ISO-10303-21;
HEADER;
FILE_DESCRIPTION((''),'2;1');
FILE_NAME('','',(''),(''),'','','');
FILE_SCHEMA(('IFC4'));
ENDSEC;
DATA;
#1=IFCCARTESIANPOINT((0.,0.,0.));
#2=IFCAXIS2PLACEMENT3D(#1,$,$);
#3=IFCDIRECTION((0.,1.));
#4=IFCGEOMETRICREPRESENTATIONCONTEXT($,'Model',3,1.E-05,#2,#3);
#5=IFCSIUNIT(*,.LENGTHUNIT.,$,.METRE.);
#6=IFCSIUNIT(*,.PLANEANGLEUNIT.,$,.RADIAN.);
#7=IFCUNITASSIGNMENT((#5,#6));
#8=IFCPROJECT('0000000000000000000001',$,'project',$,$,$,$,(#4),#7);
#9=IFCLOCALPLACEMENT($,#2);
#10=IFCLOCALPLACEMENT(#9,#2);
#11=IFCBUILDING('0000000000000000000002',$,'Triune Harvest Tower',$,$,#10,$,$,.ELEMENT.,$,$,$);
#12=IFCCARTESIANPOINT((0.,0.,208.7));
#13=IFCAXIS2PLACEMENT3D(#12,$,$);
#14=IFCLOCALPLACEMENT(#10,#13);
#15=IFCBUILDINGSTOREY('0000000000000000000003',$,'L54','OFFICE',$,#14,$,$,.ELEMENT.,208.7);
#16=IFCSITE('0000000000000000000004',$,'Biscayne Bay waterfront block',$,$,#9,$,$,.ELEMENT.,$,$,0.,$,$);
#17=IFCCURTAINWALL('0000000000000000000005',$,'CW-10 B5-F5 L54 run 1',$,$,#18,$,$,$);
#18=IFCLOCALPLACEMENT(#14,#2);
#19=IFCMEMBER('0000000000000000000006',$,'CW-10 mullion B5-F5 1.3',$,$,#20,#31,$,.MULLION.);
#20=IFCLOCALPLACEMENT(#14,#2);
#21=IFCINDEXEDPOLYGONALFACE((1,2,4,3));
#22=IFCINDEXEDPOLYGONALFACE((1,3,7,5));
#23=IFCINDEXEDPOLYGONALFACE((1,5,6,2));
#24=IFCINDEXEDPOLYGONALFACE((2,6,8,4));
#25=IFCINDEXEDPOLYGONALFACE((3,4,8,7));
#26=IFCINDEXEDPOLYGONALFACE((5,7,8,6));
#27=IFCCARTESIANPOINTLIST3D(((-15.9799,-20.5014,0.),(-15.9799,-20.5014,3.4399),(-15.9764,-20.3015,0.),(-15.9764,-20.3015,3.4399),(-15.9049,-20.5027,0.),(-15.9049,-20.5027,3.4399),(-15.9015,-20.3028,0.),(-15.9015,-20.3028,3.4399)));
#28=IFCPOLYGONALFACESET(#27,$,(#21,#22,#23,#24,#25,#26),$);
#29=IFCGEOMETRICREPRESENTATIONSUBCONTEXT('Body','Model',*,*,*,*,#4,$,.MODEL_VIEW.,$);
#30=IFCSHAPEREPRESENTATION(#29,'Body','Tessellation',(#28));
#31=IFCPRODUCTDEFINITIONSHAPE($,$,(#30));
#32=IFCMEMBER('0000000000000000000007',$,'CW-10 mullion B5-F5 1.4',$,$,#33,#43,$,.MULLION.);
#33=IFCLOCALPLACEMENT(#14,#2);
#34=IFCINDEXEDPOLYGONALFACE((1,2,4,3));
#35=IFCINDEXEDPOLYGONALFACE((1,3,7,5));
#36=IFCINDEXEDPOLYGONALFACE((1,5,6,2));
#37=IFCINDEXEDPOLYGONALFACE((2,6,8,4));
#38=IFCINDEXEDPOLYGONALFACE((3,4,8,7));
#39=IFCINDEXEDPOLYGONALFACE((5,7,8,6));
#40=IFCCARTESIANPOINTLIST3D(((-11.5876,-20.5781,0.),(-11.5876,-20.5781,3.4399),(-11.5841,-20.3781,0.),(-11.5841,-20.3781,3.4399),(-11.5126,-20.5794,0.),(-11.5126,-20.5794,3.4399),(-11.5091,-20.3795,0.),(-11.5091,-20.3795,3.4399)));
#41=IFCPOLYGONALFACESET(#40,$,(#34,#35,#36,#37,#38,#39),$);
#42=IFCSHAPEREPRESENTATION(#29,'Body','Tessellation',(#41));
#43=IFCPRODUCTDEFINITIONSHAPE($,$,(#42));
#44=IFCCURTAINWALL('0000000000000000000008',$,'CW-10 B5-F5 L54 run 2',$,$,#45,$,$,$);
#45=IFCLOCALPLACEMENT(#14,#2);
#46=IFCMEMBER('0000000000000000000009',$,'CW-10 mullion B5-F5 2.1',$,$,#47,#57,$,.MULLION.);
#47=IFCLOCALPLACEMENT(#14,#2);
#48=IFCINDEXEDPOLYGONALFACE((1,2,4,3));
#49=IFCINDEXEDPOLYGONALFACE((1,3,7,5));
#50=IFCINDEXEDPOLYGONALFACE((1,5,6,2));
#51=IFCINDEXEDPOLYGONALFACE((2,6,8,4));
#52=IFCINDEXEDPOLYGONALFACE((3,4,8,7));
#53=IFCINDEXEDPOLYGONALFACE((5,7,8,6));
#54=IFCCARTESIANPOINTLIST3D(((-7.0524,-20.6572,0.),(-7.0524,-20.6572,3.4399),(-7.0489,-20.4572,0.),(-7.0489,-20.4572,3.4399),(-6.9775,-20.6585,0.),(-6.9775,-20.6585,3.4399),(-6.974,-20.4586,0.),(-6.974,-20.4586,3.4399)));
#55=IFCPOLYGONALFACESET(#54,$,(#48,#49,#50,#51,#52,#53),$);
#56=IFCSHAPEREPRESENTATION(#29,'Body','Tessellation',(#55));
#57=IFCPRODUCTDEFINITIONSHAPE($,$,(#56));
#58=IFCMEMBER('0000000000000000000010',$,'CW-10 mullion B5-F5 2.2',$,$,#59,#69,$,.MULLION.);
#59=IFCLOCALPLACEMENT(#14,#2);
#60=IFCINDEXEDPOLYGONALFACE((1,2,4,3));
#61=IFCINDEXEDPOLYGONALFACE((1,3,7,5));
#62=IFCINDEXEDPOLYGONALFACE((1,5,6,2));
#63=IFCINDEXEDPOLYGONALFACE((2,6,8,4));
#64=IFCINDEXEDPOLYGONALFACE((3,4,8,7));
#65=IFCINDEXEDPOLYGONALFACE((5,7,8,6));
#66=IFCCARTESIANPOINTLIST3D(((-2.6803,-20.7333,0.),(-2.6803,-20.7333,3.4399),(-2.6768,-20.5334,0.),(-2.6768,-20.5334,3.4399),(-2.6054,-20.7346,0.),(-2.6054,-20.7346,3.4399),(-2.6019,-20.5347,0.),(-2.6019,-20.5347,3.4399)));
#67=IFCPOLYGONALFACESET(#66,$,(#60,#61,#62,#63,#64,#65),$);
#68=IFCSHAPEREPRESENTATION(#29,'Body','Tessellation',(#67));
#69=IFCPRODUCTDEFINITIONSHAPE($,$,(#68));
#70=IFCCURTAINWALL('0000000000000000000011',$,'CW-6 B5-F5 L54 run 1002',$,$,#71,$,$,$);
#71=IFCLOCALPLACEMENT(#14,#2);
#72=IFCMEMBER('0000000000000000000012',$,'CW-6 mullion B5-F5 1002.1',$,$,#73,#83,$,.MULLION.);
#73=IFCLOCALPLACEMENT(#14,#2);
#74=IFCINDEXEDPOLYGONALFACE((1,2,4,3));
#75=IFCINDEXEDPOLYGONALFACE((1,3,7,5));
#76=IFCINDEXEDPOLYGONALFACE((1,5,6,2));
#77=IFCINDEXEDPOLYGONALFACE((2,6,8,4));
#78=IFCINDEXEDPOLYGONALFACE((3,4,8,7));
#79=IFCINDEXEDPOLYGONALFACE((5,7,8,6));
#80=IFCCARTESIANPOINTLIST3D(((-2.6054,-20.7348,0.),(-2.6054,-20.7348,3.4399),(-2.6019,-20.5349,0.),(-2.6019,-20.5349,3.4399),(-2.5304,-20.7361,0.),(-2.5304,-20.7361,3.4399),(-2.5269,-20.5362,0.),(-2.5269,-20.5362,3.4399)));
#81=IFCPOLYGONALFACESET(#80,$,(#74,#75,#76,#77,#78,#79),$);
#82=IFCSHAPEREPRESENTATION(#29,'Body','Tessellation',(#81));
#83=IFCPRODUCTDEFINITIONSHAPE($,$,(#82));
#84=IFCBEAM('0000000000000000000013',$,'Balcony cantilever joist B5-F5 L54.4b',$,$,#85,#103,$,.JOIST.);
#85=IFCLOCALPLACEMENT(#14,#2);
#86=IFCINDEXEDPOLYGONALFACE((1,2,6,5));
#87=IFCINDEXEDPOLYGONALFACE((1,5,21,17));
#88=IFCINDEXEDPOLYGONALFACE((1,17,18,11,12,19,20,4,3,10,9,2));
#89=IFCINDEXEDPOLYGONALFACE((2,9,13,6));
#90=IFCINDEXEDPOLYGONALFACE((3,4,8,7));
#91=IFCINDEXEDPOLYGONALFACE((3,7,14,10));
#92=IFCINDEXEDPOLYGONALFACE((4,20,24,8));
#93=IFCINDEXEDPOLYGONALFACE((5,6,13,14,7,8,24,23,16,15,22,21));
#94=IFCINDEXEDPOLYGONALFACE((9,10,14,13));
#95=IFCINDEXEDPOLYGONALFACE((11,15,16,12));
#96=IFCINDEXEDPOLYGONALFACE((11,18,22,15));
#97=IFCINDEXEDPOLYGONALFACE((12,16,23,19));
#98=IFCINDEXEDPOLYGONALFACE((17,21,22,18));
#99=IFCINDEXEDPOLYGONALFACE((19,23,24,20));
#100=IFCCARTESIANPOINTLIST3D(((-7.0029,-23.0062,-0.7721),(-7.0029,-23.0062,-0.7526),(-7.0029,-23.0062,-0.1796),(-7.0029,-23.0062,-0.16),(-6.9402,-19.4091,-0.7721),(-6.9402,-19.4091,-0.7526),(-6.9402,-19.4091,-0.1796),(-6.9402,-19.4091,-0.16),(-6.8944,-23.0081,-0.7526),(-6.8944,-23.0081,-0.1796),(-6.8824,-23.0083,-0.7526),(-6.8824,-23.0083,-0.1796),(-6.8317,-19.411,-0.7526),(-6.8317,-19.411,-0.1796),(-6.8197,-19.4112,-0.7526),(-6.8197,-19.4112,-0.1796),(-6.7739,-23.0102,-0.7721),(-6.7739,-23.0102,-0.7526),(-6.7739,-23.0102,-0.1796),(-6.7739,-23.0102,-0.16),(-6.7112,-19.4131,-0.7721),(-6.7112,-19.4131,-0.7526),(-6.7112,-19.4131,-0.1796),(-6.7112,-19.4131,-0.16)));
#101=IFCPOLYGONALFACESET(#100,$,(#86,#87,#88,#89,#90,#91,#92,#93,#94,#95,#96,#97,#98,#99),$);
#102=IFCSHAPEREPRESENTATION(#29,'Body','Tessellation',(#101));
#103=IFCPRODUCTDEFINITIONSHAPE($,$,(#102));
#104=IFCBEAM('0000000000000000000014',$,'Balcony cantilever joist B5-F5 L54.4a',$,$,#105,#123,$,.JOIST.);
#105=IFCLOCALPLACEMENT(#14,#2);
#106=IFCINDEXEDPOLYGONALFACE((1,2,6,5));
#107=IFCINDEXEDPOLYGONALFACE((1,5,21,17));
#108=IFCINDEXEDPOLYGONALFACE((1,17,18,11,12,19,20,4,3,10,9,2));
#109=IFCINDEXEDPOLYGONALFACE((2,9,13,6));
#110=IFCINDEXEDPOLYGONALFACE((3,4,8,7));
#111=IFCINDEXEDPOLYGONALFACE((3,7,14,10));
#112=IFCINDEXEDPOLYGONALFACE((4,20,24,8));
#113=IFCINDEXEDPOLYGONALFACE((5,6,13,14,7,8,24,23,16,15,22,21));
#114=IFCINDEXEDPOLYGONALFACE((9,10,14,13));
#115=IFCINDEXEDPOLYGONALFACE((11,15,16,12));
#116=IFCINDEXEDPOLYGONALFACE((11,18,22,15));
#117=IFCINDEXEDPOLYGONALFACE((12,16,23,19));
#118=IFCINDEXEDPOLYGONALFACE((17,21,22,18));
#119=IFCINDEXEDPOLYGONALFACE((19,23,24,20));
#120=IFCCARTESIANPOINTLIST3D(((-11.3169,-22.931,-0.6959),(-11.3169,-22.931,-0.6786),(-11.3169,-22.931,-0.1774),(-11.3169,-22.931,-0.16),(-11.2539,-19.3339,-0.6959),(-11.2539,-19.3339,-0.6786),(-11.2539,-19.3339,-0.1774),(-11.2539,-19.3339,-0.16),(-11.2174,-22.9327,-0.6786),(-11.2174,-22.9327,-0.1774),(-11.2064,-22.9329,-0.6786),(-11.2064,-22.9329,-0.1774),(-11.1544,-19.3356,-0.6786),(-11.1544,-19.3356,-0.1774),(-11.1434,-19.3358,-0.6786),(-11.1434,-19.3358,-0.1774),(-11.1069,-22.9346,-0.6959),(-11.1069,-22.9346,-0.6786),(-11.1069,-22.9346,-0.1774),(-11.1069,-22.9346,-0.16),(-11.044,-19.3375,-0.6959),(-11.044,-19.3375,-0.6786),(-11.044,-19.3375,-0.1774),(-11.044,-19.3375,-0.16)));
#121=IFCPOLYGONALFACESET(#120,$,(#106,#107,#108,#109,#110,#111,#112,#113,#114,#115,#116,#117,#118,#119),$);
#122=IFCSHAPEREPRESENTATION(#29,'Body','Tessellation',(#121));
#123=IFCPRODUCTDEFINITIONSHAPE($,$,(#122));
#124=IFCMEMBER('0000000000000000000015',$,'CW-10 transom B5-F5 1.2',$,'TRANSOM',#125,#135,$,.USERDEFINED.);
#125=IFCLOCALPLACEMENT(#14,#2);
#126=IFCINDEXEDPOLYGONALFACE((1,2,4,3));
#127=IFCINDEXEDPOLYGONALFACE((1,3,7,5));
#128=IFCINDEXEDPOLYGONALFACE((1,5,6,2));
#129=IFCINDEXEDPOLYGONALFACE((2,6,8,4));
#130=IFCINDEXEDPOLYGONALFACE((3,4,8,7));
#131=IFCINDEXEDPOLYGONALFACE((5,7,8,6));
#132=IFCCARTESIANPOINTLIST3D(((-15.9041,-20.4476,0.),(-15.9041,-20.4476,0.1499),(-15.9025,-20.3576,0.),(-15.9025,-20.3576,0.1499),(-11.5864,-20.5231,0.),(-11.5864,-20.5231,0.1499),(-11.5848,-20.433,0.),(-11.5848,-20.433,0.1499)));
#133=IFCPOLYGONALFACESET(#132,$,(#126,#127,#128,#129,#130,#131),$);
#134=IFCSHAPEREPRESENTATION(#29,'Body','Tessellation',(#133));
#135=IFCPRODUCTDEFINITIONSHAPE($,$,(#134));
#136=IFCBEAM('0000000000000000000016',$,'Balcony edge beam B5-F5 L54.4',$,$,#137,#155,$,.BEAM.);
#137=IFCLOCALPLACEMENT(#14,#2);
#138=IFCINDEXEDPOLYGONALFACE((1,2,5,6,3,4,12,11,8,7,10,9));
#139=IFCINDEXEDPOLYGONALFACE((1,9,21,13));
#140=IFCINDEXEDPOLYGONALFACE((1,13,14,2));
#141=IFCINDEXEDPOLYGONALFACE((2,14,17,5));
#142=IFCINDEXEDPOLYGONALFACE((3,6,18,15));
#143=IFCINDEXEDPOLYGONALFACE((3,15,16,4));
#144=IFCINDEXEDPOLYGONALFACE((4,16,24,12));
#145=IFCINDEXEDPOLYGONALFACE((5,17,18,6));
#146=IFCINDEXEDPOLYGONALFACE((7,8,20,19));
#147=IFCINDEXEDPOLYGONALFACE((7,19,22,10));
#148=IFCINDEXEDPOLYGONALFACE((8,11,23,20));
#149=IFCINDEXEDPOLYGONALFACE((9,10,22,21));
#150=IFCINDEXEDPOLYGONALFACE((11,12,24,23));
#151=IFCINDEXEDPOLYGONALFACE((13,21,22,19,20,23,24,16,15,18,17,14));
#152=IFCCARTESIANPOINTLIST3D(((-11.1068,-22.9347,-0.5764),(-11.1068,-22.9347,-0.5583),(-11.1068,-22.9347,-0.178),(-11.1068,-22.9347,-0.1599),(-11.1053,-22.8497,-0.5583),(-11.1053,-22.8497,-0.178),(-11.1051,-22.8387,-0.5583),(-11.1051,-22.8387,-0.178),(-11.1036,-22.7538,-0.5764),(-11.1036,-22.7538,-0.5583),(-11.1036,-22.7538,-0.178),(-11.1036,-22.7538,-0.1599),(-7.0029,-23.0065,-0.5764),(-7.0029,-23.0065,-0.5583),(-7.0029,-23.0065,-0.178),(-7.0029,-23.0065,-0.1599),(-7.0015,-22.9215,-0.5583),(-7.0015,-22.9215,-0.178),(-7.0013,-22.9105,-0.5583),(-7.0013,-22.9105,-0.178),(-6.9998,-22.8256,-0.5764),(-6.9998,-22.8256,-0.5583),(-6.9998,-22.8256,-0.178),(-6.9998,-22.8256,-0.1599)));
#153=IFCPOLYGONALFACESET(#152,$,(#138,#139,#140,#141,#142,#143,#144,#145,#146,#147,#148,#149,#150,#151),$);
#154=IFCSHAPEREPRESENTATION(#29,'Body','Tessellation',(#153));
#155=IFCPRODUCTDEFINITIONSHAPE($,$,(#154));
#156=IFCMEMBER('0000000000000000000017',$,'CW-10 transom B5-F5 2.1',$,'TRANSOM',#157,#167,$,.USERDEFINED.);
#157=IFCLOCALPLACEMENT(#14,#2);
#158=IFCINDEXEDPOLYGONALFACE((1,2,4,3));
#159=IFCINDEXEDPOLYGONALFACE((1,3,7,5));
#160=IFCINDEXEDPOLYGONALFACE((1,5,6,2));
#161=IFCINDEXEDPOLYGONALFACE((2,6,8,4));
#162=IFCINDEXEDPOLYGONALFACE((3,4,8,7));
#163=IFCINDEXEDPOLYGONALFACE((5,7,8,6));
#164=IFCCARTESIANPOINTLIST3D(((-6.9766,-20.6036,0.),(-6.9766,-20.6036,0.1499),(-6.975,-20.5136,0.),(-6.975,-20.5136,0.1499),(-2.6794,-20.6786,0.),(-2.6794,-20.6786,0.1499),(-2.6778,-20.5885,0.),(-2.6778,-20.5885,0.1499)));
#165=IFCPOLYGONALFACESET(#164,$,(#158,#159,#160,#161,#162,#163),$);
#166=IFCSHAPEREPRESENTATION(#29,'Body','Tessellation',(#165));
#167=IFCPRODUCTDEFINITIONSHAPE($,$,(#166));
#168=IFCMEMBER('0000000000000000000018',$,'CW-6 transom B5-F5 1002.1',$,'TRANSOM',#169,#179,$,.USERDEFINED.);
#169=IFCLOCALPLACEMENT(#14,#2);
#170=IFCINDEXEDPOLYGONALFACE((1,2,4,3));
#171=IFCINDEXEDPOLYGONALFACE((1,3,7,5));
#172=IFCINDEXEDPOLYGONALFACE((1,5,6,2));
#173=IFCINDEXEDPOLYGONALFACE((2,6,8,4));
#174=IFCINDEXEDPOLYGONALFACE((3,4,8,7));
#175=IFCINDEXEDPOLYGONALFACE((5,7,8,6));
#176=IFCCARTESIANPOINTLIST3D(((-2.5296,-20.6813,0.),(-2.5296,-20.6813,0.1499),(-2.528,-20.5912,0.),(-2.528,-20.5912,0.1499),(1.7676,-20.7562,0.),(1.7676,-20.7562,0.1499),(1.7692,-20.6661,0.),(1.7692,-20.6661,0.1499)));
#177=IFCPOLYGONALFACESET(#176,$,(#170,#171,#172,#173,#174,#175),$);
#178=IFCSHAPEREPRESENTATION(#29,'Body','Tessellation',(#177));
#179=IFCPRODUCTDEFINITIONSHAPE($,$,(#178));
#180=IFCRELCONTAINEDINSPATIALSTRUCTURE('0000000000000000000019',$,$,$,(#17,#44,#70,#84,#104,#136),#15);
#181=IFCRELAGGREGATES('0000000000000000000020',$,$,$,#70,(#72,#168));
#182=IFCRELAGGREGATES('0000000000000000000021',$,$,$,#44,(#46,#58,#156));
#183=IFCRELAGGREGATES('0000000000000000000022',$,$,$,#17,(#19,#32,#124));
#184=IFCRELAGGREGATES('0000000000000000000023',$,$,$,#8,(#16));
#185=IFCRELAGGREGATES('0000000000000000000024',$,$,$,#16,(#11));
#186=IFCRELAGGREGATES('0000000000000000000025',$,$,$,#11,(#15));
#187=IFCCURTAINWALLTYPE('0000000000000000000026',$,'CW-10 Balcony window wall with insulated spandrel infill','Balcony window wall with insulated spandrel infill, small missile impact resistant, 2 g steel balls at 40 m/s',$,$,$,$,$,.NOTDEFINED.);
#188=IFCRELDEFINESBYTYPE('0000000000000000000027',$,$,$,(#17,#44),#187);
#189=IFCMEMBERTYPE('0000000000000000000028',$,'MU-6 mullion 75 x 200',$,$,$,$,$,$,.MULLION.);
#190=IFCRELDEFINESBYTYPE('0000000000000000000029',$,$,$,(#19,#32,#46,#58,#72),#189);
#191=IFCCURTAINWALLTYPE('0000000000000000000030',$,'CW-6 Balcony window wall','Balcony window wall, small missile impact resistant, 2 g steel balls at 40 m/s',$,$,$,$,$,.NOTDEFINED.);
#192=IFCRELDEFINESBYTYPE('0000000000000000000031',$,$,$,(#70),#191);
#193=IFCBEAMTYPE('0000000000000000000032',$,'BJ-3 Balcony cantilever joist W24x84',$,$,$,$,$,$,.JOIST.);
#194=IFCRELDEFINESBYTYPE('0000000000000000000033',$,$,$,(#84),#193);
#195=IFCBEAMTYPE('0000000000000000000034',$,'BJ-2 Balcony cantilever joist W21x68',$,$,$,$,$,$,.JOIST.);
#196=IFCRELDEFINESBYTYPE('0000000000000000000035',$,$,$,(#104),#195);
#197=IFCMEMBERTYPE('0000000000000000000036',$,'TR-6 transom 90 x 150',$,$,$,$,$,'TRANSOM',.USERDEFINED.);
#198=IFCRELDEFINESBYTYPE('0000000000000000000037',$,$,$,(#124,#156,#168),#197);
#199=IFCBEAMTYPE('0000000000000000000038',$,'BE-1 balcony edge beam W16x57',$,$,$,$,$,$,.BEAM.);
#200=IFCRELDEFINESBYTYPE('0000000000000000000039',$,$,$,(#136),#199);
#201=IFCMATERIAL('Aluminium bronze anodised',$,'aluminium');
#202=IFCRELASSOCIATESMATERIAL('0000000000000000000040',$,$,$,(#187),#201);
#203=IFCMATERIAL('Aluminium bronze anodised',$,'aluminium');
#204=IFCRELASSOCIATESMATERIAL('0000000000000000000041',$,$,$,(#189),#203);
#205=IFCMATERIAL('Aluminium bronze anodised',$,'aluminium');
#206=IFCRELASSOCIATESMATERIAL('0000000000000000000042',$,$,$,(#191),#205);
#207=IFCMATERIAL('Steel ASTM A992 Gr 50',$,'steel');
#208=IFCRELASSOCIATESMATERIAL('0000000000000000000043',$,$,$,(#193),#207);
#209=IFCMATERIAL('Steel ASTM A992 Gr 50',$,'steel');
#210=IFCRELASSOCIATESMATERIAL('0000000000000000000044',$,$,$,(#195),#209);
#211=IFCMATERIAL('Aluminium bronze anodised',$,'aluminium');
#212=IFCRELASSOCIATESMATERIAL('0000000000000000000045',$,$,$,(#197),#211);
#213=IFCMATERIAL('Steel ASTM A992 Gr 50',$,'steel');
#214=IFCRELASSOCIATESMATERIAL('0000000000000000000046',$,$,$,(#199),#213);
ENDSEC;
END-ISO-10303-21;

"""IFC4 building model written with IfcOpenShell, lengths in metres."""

from ifc_helpers import new_model, si_unit, direction, frame, origin, origin_2d, place, context, subcontext, project, spatial, rectangle, i_section, extrude, source, transform, mapped, material, material_profile, profile_set, type_object, element, aggregate, save


model = new_model("IFC4")

# Units and contexts
model_context = context("Model", 3, precision=1e-05, world=origin(), true_north=direction((0.0, 1.0)))
body_context = subcontext(model_context, "Body", "Model", "MODEL_VIEW")
ifc_project = project(units=[si_unit("LENGTHUNIT", "METRE"), si_unit("PLANEANGLEUNIT", "RADIAN")], contexts=[model_context])

# Site, building, storey
site_placement = place(None, origin())
site = spatial("IfcSite", under=ifc_project, at=site_placement, Name="Biscayne Bay waterfront block", CompositionType="ELEMENT", RefElevation=0.0)
building_placement = place(site_placement, origin())
building = spatial("IfcBuilding", under=site, at=building_placement, Name="Triune Harvest Tower", CompositionType="ELEMENT")
storey_placement = place(building_placement, frame((0.0, 0.0, 208.7)))
storey = spatial("IfcBuildingStorey", under=building, at=storey_placement, Name="L54", Description="OFFICE", CompositionType="ELEMENT", Elevation=208.7)

# Curtain walls, members
ifc_material_1 = material(Name="Aluminium bronze anodised", Category="aluminium")
curtain_wall_type_1 = type_object("IfcCurtainWallType", Name="CW-10 Balcony window wall with insulated spandrel infill", Description="Balcony window wall with insulated spandrel infill, small missile impact resistant, 2 g steel balls at 40 m/s", PredefinedType="NOTDEFINED", material=ifc_material_1)
curtain_wall_1_placement = place(storey_placement, origin())
curtain_wall_1 = element("IfcCurtainWall", 1, at=curtain_wall_1_placement, inside=storey, type_object=curtain_wall_type_1, Name="CW-10 B5-F5 L54 run 1")
ifc_material_2 = material(Name="Aluminium bronze anodised", Category="aluminium")
ifc_material_profile_1 = material_profile(ifc_material_2, rectangle(XDim=0.2, YDim=0.075, at=origin_2d()), Name="MU-6 mullion 75 x 200")
ifc_profile_set_1 = profile_set([ifc_material_profile_1], Name="Aluminium bronze anodised")
member_type_1 = type_object("IfcMemberType", Name="MU-6 mullion 75 x 200", PredefinedType="MULLION", material=ifc_profile_set_1)
shared_shape_1 = source(origin(), body_context, "Body", "SweptSolid", [
    extrude(rectangle(XDim=0.2, YDim=0.075, at=origin_2d()), origin(), (0.0, 0.0, 1.0), 3.4399),
])
member_1_placement = place(storey_placement, frame((-15.9407, -20.4021, 0.0), z_axis=(0.0, 0.0, 1.0), x_axis=(0.017452, 0.999848, 0.0)))
member_1 = element("IfcMember", 2, at=member_1_placement, type_object=member_type_1, Name="CW-10 mullion B5-F5 1.3", PredefinedType="MULLION", context=body_context, shape_type="MappedRepresentation", body=[
    mapped(shared_shape_1, transform((0.0, 0.0, 0.0), scale=1.0)),
])
member_2_placement = place(storey_placement, frame((-11.5483, -20.4788, 0.0), z_axis=(0.0, 0.0, 1.0), x_axis=(0.017452, 0.999848, 0.0)))
member_2 = element("IfcMember", 3, at=member_2_placement, type_object=member_type_1, Name="CW-10 mullion B5-F5 1.4", PredefinedType="MULLION", context=body_context, shape_type="MappedRepresentation", body=[
    mapped(shared_shape_1, transform((0.0, 0.0, 0.0), scale=1.0)),
])
curtain_wall_2_placement = place(storey_placement, origin())
curtain_wall_2 = element("IfcCurtainWall", 4, at=curtain_wall_2_placement, inside=storey, type_object=curtain_wall_type_1, Name="CW-10 B5-F5 L54 run 2")
member_3_placement = place(storey_placement, frame((-7.0132, -20.5579, 0.0), z_axis=(0.0, 0.0, 1.0), x_axis=(0.017451, 0.999848, 0.0)))
member_3 = element("IfcMember", 5, at=member_3_placement, type_object=member_type_1, Name="CW-10 mullion B5-F5 2.1", PredefinedType="MULLION", context=body_context, shape_type="MappedRepresentation", body=[
    mapped(shared_shape_1, transform((0.0, 0.0, 0.0), scale=1.0)),
])
member_4_placement = place(storey_placement, frame((-2.6411, -20.634, 0.0), z_axis=(0.0, 0.0, 1.0), x_axis=(0.017451, 0.999848, 0.0)))
member_4 = element("IfcMember", 6, at=member_4_placement, type_object=member_type_1, Name="CW-10 mullion B5-F5 2.2", PredefinedType="MULLION", context=body_context, shape_type="MappedRepresentation", body=[
    mapped(shared_shape_1, transform((0.0, 0.0, 0.0), scale=1.0)),
])

# Curtain wall, member
ifc_material_3 = material(Name="Aluminium bronze anodised", Category="aluminium")
curtain_wall_type_2 = type_object("IfcCurtainWallType", Name="CW-6 Balcony window wall", Description="Balcony window wall, small missile impact resistant, 2 g steel balls at 40 m/s", PredefinedType="NOTDEFINED", material=ifc_material_3)
curtain_wall_3_placement = place(storey_placement, origin())
curtain_wall_3 = element("IfcCurtainWall", 7, at=curtain_wall_3_placement, inside=storey, type_object=curtain_wall_type_2, Name="CW-6 B5-F5 L54 run 1002")
member_5_placement = place(storey_placement, frame((-2.5662, -20.6355, 0.0), z_axis=(0.0, 0.0, 1.0), x_axis=(0.017447, 0.999848, 0.0)))
member_5 = element("IfcMember", 8, at=member_5_placement, type_object=member_type_1, Name="CW-6 mullion B5-F5 1002.1", PredefinedType="MULLION", context=body_context, shape_type="MappedRepresentation", body=[
    mapped(shared_shape_1, transform((0.0, 0.0, 0.0), scale=1.0)),
])

# Beams
ifc_material_4 = material(Name="Steel ASTM A992 Gr 50", Category="steel")
ifc_material_profile_2 = material_profile(ifc_material_4, i_section(OverallWidth=0.229, OverallDepth=0.6121, WebThickness=0.012, FlangeThickness=0.0195, at=origin_2d()), Name="W24x84")
ifc_profile_set_2 = profile_set([ifc_material_profile_2], Name="Steel ASTM A992 Gr 50")
beam_type_1 = type_object("IfcBeamType", Name="BJ-3 Balcony cantilever joist W24x84", PredefinedType="JOIST", material=ifc_profile_set_2)
shared_shape_2 = source(origin(), body_context, "Body", "SweptSolid", [
    extrude(i_section(OverallWidth=0.229, OverallDepth=0.6121, WebThickness=0.012, FlangeThickness=0.0195, at=origin_2d()), origin(), (0.0, 0.0, 1.0), 3.5977),
])
beam_1_placement = place(storey_placement, frame((-6.8257, -19.4111, -0.4661), z_axis=(-0.01744, -0.999848, 0.0), x_axis=(0.999848, -0.01744, 0.0)))
element("IfcBeam", 9, at=beam_1_placement, inside=storey, type_object=beam_type_1, Name="Balcony cantilever joist B5-F5 L54.4b", PredefinedType="JOIST", context=body_context, shape_type="MappedRepresentation", body=[
    mapped(shared_shape_2, transform((0.0, 0.0, 0.0), scale=1.0)),
])
ifc_material_5 = material(Name="Steel ASTM A992 Gr 50", Category="steel")
ifc_material_profile_3 = material_profile(ifc_material_5, i_section(OverallWidth=0.21, OverallDepth=0.5359, WebThickness=0.011, FlangeThickness=0.0173, at=origin_2d()), Name="W21x68")
ifc_profile_set_3 = profile_set([ifc_material_profile_3], Name="Steel ASTM A992 Gr 50")
beam_type_2 = type_object("IfcBeamType", Name="BJ-2 Balcony cantilever joist W21x68", PredefinedType="JOIST", material=ifc_profile_set_3)
shared_shape_3 = source(origin(), body_context, "Body", "SweptSolid", [
    extrude(i_section(OverallWidth=0.21, OverallDepth=0.5359, WebThickness=0.011, FlangeThickness=0.0173, at=origin_2d()), origin(), (0.0, 0.0, 1.0), 3.5977),
])
beam_2_placement = place(storey_placement, frame((-11.1489, -19.3357, -0.428), z_axis=(-0.017508, -0.999847, 0.0), x_axis=(0.999847, -0.017508, 0.0)))
element("IfcBeam", 10, at=beam_2_placement, inside=storey, type_object=beam_type_2, Name="Balcony cantilever joist B5-F5 L54.4a", PredefinedType="JOIST", context=body_context, shape_type="MappedRepresentation", body=[
    mapped(shared_shape_3, transform((0.0, 0.0, 0.0), scale=1.0)),
])

# Member
ifc_material_6 = material(Name="Aluminium bronze anodised", Category="aluminium")
ifc_material_profile_4 = material_profile(ifc_material_6, rectangle(XDim=0.0901, YDim=0.1499, at=origin_2d()), Name="TR-6 transom 90 x 150")
ifc_profile_set_4 = profile_set([ifc_material_profile_4], Name="Aluminium bronze anodised")
member_type_2 = type_object("IfcMemberType", Name="TR-6 transom 90 x 150", ElementType="TRANSOM", PredefinedType="USERDEFINED", material=ifc_profile_set_4)
shared_shape_4 = source(origin(), body_context, "Body", "SweptSolid", [
    extrude(rectangle(XDim=0.0901, YDim=0.1499, at=origin_2d()), origin(), (0.0, 0.0, 1.0), 4.3184),
])
member_6_placement = place(storey_placement, frame((-15.9033, -20.4026, 0.075), z_axis=(0.999847, -0.01747, 0.0), x_axis=(0.01747, 0.999847, 0.0)))
member_6 = element("IfcMember", 11, at=member_6_placement, type_object=member_type_2, Name="CW-10 transom B5-F5 1.2", ObjectType="TRANSOM", PredefinedType="USERDEFINED", context=body_context, shape_type="MappedRepresentation", body=[
    mapped(shared_shape_4, transform((0.0, 0.0, 0.0), scale=1.0)),
])

# Beam
ifc_material_7 = material(Name="Steel ASTM A992 Gr 50", Category="steel")
ifc_material_profile_5 = material_profile(ifc_material_7, i_section(OverallWidth=0.1809, OverallDepth=0.4165, WebThickness=0.011, FlangeThickness=0.0181, at=origin_2d()), Name="W16x57")
ifc_profile_set_5 = profile_set([ifc_material_profile_5], Name="Steel ASTM A992 Gr 50")
beam_type_3 = type_object("IfcBeamType", Name="BE-1 balcony edge beam W16x57", PredefinedType="BEAM", material=ifc_profile_set_5)
shared_shape_5 = source(origin(), body_context, "Body", "SweptSolid", [
    extrude(i_section(OverallWidth=0.1809, OverallDepth=0.4165, WebThickness=0.011, FlangeThickness=0.0181, at=origin_2d()), origin(), (0.0, 0.0, 1.0), 4.1045),
])
beam_3_placement = place(storey_placement, frame((-11.1052, -22.8442, -0.3682), z_axis=(0.999847, -0.017488, 0.0), x_axis=(0.017488, 0.999847, 0.0)))
element("IfcBeam", 12, at=beam_3_placement, inside=storey, type_object=beam_type_3, Name="Balcony edge beam B5-F5 L54.4", PredefinedType="BEAM", context=body_context, shape_type="MappedRepresentation", body=[
    mapped(shared_shape_5, transform((0.0, 0.0, 0.0), scale=1.0)),
])

# Members
shared_shape_6 = source(origin(), body_context, "Body", "SweptSolid", [
    extrude(rectangle(XDim=0.0901, YDim=0.1499, at=origin_2d()), origin(), (0.0, 0.0, 1.0), 4.2979),
])
member_7_placement = place(storey_placement, frame((-6.9758, -20.5586, 0.075), z_axis=(0.999848, -0.01744, 0.0), x_axis=(0.01744, 0.999848, 0.0)))
member_7 = element("IfcMember", 13, at=member_7_placement, type_object=member_type_2, Name="CW-10 transom B5-F5 2.1", ObjectType="TRANSOM", PredefinedType="USERDEFINED", context=body_context, shape_type="MappedRepresentation", body=[
    mapped(shared_shape_6, transform((0.0, 0.0, 0.0), scale=1.0)),
])
member_8_placement = place(storey_placement, frame((-2.5288, -20.6362, 0.075), z_axis=(0.999848, -0.01744, 0.0), x_axis=(0.01744, 0.999848, 0.0)))
member_8 = element("IfcMember", 14, at=member_8_placement, type_object=member_type_2, Name="CW-6 transom B5-F5 1002.1", ObjectType="TRANSOM", PredefinedType="USERDEFINED", context=body_context, shape_type="MappedRepresentation", body=[
    mapped(shared_shape_6, transform((0.0, 0.0, 0.0), scale=1.0)),
])

aggregate(curtain_wall_3, [member_5, member_8])
aggregate(curtain_wall_2, [member_3, member_4, member_7])
aggregate(curtain_wall_1, [member_1, member_2, member_6])

save(model, "model.ifc")
